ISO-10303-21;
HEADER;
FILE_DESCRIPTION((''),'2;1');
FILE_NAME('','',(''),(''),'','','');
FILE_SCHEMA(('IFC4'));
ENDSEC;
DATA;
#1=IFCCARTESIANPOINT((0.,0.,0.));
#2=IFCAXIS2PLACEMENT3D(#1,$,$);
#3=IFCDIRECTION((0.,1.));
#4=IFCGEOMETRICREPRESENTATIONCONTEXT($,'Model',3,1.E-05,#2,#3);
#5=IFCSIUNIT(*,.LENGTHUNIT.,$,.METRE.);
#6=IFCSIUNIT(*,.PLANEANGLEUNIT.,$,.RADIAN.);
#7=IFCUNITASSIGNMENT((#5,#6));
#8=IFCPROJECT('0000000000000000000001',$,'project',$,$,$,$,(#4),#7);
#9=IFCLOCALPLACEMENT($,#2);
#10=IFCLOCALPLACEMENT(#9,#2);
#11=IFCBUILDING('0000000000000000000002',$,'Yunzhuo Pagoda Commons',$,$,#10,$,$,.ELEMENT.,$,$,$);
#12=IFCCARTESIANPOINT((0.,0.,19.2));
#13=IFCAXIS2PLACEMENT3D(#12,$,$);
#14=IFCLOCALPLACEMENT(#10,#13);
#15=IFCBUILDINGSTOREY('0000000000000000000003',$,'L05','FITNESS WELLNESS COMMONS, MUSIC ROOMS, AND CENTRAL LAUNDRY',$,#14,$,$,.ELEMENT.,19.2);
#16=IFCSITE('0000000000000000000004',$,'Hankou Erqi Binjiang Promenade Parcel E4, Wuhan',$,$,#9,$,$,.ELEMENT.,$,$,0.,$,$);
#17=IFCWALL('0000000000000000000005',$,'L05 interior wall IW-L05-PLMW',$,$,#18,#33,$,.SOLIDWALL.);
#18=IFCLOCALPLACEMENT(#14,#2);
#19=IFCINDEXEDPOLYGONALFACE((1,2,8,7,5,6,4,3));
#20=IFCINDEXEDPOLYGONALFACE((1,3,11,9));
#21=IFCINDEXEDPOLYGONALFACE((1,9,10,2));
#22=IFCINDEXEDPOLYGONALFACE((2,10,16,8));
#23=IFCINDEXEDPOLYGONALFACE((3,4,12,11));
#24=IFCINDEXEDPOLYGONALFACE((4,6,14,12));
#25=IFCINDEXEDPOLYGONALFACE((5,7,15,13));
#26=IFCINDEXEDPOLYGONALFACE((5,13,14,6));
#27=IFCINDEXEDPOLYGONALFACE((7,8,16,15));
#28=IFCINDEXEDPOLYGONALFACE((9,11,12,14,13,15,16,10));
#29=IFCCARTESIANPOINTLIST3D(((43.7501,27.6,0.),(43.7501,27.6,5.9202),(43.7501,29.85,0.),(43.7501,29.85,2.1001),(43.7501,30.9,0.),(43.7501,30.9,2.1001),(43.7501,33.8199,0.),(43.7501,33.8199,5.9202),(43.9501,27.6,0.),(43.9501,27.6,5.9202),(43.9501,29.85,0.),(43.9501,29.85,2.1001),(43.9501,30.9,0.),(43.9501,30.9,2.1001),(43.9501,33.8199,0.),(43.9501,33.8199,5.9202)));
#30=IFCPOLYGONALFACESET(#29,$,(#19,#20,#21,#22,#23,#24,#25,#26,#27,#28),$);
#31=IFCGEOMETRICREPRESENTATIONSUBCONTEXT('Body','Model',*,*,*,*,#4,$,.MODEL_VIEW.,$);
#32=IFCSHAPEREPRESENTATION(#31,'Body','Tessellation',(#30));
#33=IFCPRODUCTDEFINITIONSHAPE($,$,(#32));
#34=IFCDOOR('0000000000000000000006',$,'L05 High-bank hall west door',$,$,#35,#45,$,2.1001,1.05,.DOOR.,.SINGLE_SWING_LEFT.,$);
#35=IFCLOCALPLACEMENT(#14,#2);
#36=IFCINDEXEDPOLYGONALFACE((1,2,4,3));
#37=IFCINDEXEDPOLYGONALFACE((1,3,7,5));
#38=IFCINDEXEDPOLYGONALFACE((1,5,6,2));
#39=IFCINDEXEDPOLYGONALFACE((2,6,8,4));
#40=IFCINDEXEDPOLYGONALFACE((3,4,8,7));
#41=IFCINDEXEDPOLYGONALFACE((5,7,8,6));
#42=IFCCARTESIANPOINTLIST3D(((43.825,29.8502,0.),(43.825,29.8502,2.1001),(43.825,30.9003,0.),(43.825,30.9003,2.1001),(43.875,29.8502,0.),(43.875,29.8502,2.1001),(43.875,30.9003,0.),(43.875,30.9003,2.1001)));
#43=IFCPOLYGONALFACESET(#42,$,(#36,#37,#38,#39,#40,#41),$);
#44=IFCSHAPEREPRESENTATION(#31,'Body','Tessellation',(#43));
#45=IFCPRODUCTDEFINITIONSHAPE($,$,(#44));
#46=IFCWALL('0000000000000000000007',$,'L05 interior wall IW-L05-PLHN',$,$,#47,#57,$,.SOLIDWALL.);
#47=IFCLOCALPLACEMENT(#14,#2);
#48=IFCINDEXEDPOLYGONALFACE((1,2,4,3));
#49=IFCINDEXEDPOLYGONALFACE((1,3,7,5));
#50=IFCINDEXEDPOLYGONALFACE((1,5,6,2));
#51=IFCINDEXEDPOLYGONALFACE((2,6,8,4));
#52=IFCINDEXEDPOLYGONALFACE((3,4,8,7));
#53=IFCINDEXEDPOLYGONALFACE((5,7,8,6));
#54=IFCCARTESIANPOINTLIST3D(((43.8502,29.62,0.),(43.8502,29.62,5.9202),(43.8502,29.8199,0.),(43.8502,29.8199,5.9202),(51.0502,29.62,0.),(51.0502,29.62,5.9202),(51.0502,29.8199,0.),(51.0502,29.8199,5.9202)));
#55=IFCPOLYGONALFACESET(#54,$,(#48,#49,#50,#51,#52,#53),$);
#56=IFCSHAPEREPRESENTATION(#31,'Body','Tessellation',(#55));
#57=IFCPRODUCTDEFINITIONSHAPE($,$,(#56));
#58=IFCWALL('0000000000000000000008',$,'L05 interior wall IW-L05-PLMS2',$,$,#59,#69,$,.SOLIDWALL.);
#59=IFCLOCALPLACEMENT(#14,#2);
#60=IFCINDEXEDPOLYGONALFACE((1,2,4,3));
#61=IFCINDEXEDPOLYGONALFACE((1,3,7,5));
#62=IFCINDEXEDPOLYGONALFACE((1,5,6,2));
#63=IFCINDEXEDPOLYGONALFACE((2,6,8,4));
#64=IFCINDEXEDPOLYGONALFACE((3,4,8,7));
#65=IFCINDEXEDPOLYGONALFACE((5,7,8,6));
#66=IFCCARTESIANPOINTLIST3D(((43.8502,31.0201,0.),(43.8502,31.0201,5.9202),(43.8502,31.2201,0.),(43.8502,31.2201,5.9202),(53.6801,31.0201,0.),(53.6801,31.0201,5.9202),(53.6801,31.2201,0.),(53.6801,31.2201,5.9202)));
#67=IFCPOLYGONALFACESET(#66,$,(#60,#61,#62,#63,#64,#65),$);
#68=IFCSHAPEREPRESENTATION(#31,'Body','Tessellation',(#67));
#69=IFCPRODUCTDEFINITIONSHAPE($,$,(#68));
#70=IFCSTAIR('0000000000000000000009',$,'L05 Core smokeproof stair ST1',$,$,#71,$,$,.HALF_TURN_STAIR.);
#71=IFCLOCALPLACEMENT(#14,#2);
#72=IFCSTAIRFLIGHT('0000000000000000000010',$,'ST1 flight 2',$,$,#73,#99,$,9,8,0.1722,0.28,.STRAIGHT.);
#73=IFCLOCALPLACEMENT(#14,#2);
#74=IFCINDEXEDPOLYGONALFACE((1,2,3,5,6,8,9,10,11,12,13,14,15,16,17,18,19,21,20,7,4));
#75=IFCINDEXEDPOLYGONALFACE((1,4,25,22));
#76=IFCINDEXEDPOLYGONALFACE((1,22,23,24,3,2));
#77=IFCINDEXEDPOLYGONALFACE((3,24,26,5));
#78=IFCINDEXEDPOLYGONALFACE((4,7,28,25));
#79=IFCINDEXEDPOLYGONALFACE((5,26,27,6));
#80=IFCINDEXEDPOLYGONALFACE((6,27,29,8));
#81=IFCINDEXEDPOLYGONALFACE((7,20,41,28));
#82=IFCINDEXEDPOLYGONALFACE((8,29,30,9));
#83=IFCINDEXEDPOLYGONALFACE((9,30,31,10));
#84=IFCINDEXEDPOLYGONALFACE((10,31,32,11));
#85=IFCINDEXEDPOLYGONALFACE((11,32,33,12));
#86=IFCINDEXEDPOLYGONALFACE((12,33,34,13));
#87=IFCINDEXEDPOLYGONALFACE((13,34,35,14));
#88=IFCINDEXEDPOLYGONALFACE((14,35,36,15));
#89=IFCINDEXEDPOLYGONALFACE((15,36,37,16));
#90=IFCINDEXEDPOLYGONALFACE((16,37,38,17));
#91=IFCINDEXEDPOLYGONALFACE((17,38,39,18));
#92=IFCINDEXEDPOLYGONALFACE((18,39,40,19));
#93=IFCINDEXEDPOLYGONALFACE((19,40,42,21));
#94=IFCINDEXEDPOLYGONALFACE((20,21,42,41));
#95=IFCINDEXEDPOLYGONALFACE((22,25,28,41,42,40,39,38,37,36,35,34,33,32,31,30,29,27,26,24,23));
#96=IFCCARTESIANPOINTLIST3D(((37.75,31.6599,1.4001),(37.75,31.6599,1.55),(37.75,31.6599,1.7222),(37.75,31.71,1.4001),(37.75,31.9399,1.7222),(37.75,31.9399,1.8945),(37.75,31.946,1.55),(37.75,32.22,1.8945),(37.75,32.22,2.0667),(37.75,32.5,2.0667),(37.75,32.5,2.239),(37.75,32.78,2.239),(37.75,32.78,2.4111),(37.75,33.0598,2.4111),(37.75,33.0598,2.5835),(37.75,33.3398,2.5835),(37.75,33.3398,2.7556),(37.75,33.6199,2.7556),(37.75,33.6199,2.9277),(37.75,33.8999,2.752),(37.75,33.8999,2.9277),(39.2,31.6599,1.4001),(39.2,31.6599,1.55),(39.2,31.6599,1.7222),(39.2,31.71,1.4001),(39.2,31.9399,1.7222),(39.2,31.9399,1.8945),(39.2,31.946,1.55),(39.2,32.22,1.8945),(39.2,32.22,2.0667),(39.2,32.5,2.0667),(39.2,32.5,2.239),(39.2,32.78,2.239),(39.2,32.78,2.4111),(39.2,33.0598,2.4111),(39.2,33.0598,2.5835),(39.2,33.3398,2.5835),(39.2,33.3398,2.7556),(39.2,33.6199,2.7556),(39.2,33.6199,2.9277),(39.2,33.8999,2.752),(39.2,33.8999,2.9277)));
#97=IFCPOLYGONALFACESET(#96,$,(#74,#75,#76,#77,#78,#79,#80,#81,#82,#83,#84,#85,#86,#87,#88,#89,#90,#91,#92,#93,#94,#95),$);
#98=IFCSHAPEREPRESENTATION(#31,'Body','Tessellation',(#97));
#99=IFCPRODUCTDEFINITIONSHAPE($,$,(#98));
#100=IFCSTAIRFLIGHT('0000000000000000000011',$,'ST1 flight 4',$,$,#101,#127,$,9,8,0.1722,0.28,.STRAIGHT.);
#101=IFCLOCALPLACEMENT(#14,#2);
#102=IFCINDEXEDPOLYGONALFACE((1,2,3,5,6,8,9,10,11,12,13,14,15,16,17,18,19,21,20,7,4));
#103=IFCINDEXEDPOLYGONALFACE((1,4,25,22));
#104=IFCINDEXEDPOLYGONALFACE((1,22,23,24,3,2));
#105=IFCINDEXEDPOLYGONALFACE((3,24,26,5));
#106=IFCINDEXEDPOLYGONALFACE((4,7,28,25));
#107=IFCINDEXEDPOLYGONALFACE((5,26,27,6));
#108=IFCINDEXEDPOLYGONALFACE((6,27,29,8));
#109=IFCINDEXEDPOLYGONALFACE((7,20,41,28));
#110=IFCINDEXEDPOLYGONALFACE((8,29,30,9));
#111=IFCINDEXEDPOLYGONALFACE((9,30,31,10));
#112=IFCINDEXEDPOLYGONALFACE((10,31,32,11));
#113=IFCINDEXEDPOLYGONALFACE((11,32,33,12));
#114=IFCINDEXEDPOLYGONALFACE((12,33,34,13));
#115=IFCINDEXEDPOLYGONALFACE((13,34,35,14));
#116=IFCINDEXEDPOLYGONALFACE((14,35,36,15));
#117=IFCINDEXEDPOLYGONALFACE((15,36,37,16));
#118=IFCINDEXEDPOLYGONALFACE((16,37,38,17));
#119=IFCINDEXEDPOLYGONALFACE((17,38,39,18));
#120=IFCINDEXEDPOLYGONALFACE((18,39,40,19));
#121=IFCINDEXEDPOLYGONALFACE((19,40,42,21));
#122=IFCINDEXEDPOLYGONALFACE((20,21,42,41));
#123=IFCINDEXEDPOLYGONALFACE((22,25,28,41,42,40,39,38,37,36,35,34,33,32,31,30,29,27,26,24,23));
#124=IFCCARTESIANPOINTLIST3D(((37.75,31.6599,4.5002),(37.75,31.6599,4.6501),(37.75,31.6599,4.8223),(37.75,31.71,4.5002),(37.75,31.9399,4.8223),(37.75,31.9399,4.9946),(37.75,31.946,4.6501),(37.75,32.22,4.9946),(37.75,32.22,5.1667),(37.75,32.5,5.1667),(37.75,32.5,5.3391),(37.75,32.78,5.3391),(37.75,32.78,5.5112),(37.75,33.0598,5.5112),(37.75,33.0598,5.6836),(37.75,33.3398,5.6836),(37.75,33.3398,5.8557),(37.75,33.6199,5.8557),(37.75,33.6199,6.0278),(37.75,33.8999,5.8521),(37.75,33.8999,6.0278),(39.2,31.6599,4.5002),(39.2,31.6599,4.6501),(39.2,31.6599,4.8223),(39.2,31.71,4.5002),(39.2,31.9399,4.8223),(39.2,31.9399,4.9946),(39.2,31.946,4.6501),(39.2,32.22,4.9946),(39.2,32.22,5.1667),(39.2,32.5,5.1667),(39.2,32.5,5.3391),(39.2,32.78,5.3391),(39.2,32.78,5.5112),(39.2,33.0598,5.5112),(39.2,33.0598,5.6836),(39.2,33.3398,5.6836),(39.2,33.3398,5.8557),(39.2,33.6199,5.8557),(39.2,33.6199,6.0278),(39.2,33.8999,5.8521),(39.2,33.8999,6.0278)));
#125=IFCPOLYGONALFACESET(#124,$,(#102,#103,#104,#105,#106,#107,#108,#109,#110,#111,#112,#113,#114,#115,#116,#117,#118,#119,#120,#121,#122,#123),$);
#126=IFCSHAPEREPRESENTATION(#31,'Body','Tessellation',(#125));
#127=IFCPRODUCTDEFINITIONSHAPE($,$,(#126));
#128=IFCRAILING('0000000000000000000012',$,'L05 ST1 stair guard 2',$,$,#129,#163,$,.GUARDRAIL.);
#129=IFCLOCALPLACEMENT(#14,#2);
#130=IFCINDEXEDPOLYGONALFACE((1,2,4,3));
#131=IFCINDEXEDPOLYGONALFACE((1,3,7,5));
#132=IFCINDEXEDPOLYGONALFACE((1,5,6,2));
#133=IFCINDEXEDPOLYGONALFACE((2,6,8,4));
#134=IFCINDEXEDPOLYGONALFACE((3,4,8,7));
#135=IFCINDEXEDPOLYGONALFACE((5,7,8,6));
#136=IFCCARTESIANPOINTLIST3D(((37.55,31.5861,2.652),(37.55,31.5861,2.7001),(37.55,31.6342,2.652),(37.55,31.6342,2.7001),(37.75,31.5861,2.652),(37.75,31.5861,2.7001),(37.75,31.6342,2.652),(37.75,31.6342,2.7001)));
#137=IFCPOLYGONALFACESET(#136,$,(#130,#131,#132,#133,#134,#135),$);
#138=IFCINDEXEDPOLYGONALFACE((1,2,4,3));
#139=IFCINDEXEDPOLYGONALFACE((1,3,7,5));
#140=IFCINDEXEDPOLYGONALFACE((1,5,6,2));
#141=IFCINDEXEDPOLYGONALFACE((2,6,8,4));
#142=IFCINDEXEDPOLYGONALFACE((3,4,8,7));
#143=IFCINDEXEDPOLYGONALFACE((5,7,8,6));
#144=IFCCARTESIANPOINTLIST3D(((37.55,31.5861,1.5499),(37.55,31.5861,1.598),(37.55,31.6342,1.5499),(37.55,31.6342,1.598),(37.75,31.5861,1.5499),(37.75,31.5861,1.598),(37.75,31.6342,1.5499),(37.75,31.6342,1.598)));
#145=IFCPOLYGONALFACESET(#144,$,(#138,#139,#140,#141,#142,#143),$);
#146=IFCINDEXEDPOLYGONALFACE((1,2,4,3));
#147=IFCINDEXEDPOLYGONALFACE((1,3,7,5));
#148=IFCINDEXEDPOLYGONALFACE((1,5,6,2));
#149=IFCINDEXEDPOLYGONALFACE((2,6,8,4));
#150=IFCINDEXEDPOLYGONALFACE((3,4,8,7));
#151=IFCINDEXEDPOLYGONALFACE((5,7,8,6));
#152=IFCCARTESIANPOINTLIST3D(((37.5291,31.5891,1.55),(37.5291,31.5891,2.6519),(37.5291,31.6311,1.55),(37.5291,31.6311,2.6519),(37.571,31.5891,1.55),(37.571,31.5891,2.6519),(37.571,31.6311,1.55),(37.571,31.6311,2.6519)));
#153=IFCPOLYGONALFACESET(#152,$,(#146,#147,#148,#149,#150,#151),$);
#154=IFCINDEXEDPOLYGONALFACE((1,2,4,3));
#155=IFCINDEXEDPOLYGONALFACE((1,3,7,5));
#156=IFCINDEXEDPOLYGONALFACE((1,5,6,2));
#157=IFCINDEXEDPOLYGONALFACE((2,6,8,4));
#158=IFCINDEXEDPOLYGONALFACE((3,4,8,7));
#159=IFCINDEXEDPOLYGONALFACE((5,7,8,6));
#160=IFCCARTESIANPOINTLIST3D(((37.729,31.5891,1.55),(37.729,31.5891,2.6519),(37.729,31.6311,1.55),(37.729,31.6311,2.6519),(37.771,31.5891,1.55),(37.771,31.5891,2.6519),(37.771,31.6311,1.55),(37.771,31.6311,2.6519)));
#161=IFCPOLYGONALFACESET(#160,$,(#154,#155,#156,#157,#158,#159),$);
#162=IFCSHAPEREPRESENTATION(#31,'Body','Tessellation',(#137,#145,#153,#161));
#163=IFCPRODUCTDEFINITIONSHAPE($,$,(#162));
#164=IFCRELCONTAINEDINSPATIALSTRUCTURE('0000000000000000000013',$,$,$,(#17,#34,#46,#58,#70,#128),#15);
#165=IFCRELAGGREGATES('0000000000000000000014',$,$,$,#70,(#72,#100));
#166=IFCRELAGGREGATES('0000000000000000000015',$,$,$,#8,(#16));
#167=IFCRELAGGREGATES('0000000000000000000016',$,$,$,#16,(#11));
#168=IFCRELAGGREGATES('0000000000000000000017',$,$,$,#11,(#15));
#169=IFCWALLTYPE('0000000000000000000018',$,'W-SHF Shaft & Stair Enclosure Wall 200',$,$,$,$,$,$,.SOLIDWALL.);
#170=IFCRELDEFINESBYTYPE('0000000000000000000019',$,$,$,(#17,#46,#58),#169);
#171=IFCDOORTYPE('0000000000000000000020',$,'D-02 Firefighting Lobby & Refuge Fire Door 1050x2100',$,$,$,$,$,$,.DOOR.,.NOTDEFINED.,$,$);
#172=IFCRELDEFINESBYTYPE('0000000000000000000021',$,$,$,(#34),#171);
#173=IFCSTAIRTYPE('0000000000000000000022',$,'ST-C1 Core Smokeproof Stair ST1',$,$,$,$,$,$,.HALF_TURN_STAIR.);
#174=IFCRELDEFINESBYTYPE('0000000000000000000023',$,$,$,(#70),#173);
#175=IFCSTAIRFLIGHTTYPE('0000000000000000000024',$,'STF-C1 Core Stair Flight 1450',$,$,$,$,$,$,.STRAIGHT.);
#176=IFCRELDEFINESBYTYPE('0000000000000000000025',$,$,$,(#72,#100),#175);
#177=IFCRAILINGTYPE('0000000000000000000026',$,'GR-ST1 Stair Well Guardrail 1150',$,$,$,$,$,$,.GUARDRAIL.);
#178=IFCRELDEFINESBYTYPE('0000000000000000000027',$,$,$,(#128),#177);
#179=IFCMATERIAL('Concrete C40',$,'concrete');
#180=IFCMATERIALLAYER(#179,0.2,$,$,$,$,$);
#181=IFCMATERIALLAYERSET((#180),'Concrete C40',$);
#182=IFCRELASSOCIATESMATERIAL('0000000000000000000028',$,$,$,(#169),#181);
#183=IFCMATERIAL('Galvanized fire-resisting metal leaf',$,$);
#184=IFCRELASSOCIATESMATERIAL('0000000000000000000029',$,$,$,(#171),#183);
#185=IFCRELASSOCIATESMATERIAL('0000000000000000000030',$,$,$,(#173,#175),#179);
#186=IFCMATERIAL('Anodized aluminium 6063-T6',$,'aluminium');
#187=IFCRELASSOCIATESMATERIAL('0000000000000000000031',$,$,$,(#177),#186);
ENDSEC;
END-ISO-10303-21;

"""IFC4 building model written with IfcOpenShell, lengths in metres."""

from ifc_helpers import new_model, si_unit, direction, frame, frame_2d, origin, origin_2d, place, context, subcontext, project, spatial, polyline, rectangle, outline, extrude, source, transform, mapped, material, layer, layer_set, type_object, element, fill, aggregate, save


model = new_model("IFC4")

# Units and contexts
model_context = context("Model", 3, precision=1e-05, world=origin(), true_north=direction((0.0, 1.0)))
body_context = subcontext(model_context, "Body", "Model", "MODEL_VIEW")
ifc_project = project(units=[si_unit("LENGTHUNIT", "METRE"), si_unit("PLANEANGLEUNIT", "RADIAN")], contexts=[model_context])

# Site, building, storey
site_placement = place(None, origin())
site = spatial("IfcSite", under=ifc_project, at=site_placement, Name="Hankou Erqi Binjiang Promenade Parcel E4, Wuhan", CompositionType="ELEMENT", RefElevation=0.0)
building_placement = place(site_placement, origin())
building = spatial("IfcBuilding", under=site, at=building_placement, Name="Yunzhuo Pagoda Commons", CompositionType="ELEMENT")
storey_placement = place(building_placement, frame((0.0, 0.0, 19.2)))
storey = spatial("IfcBuildingStorey", under=building, at=storey_placement, Name="L05", Description="FITNESS WELLNESS COMMONS, MUSIC ROOMS, AND CENTRAL LAUNDRY", CompositionType="ELEMENT", Elevation=19.2)

# Shared definitions
ifc_material_1 = material(Name="Galvanized fire-resisting metal leaf")

# Shared definitions
ifc_material_2 = material(Name="Concrete C40", Category="concrete")
ifc_layer_1 = layer(ifc_material_2, 0.2)
ifc_layer_set_1 = layer_set([ifc_layer_1], Name="Concrete C40")
wall_type_1 = type_object("IfcWallType", Name="W-SHF Shaft & Stair Enclosure Wall 200", PredefinedType="SOLIDWALL", material=ifc_layer_set_1)
shared_shape_1 = source(origin(), body_context, "Body", "SweptSolid", [
    extrude(rectangle(XDim=1.05, YDim=2.1001, at=frame_2d((0.5249, 1.05))), frame((0.0, 0.0249, 0.0), z_axis=(0.0, -1.0, 0.0), x_axis=(1.0, 0.0, 0.0)), (0.0, 0.0, 1.0), 0.05),
])

# Wall, opening, door
wall_1_placement = place(storey_placement, frame((43.8501, 27.6001, 0.0), z_axis=(0.0, 0.0, 1.0), x_axis=(0.0, 1.0, 0.0)))
wall_1 = element("IfcWall", 1, at=wall_1_placement, inside=storey, type_object=wall_type_1, Name="L05 interior wall IW-L05-PLMW", PredefinedType="SOLIDWALL", context=body_context, shape_type="SweptSolid", body=[
    extrude(rectangle(XDim=6.22, YDim=0.2, at=frame_2d((3.1099, 0.0))), origin(), (0.0, 0.0, 1.0), 5.9202),
])
opening_1_placement = place(wall_1_placement, frame((2.25, 0.0, 0.0)))
opening_1 = element("IfcOpeningElement", 2, at=opening_1_placement, cuts=wall_1, PredefinedType="OPENING", context=body_context, shape_type="SweptSolid", body=[
    extrude(rectangle(XDim=1.05, YDim=2.1001, at=frame_2d((0.5249, 1.05))), frame((0.0, 0.1099, 0.0), z_axis=(0.0, -1.0, 0.0), x_axis=(1.0, 0.0, 0.0)), (0.0, 0.0, 1.0), 0.22),
])
door_type_1 = type_object("IfcDoorType", Name="D-02 Firefighting Lobby & Refuge Fire Door 1050x2100", OperationType="NOTDEFINED", PredefinedType="DOOR", material=ifc_material_1)
door_1_placement = place(opening_1_placement, frame((1.05, 0.0, 0.0), z_axis=(0.0, 0.0, 1.0), x_axis=(-1.0, 0.0, 0.0)))
door_1 = element("IfcDoor", 3, at=door_1_placement, inside=storey, type_object=door_type_1, Name="L05 High-bank hall west door", OperationType="SINGLE_SWING_LEFT", OverallHeight=2.1001, OverallWidth=1.05, PredefinedType="DOOR", context=body_context, shape_type="MappedRepresentation", body=[
    mapped(shared_shape_1, transform((0.0, 0.0, 0.0), scale=1.0)),
])
fill(opening_1, door_1)

# Walls
wall_2_placement = place(storey_placement, frame((43.8501, 29.72, 0.0), z_axis=(0.0, 0.0, 1.0), x_axis=(1.0, 0.0, 0.0)))
element("IfcWall", 4, at=wall_2_placement, inside=storey, type_object=wall_type_1, Name="L05 interior wall IW-L05-PLHN", PredefinedType="SOLIDWALL", context=body_context, shape_type="SweptSolid", body=[
    extrude(rectangle(XDim=7.2, YDim=0.2, at=frame_2d((3.6001, 0.0))), origin(), (0.0, 0.0, 1.0), 5.9202),
])
wall_3_placement = place(storey_placement, frame((43.8501, 31.1201, 0.0), z_axis=(0.0, 0.0, 1.0), x_axis=(1.0, 0.0, 0.0)))
element("IfcWall", 5, at=wall_3_placement, inside=storey, type_object=wall_type_1, Name="L05 interior wall IW-L05-PLMS2", PredefinedType="SOLIDWALL", context=body_context, shape_type="SweptSolid", body=[
    extrude(rectangle(XDim=9.8298, YDim=0.2, at=frame_2d((4.915, 0.0))), origin(), (0.0, 0.0, 1.0), 5.9202),
])

# Stair, stair flights
stair_type = type_object("IfcStairType", Name="ST-C1 Core Smokeproof Stair ST1", PredefinedType="HALF_TURN_STAIR", material=ifc_material_2)
stair_placement = place(storey_placement, origin())
stair = element("IfcStair", 6, at=stair_placement, inside=storey, type_object=stair_type, Name="L05 Core smokeproof stair ST1", PredefinedType="HALF_TURN_STAIR")
stair_flight_type = type_object("IfcStairFlightType", Name="STF-C1 Core Stair Flight 1450", PredefinedType="STRAIGHT", material=ifc_material_2)
shared_shape_2 = source(origin(), body_context, "Body", "SweptSolid", [
    extrude(outline(polyline([(0.0, -0.1499), (0.0, 0.0), (0.0, 0.1721), (0.28, 0.1721), (0.28, 0.3445), (0.5601, 0.3445), (0.5601, 0.5166), (0.8401, 0.5166), (0.8401, 0.689), (1.1201, 0.689), (1.1201, 0.8611), (1.3999, 0.8611), (1.3999, 1.0334), (1.6799, 1.0334), (1.6799, 1.2056), (1.96, 1.2056), (1.96, 1.3777), (2.24, 1.3777), (2.24, 1.55), (2.24, 1.2019), (0.2861, 0.0), (0.05, -0.1499), (0.0, -0.1499)])), frame((0.0, 0.7251, 0.0), z_axis=(0.0, -1.0, 0.0), x_axis=(1.0, 0.0, 0.0)), (0.0, 0.0, 1.0), 1.45),
])
stair_flight_1_placement = place(storey_placement, frame((38.4751, 31.6599, 1.55), z_axis=(0.0, 0.0, 1.0), x_axis=(0.0, 1.0, 0.0)))
stair_flight_1 = element("IfcStairFlight", 7, at=stair_flight_1_placement, type_object=stair_flight_type, Name="ST1 flight 2", NumberOfRisers=9, NumberOfTreads=8, PredefinedType="STRAIGHT", RiserHeight=0.1722, TreadLength=0.28, context=body_context, shape_type="MappedRepresentation", body=[
    mapped(shared_shape_2, transform((0.0, 0.0, 0.0), scale=1.0)),
])
stair_flight_2_placement = place(storey_placement, frame((38.4751, 31.6599, 4.6501), z_axis=(0.0, 0.0, 1.0), x_axis=(0.0, 1.0, 0.0)))
stair_flight_2 = element("IfcStairFlight", 8, at=stair_flight_2_placement, type_object=stair_flight_type, Name="ST1 flight 4", NumberOfRisers=9, NumberOfTreads=8, PredefinedType="STRAIGHT", RiserHeight=0.1722, TreadLength=0.28, context=body_context, shape_type="MappedRepresentation", body=[
    mapped(shared_shape_2, transform((0.0, 0.0, 0.0), scale=1.0)),
])
aggregate(stair, [stair_flight_1, stair_flight_2])

# Railing
ifc_material_3 = material(Name="Anodized aluminium 6063-T6", Category="aluminium")
railing_type_1 = type_object("IfcRailingType", Name="GR-ST1 Stair Well Guardrail 1150", PredefinedType="GUARDRAIL", material=ifc_material_3)
railing_1_placement = place(storey_placement, frame((37.55, 31.6101, 1.55)))
element("IfcRailing", 9, at=railing_1_placement, inside=storey, type_object=railing_type_1, Name="L05 ST1 stair guard 2", PredefinedType="GUARDRAIL", context=body_context, shape_type="SweptSolid", body=[
    extrude(rectangle(XDim=0.0481, YDim=0.0481, at=origin_2d()), frame((0.0, 0.0, 1.126), z_axis=(1.0, 0.0, 0.0), x_axis=(0.0, 1.0, 0.0)), (0.0, 0.0, 1.0), 0.2),
    extrude(rectangle(XDim=0.0481, YDim=0.0481, at=origin_2d()), frame((0.0, 0.0, 0.0239), z_axis=(1.0, 0.0, 0.0), x_axis=(0.0, 1.0, 0.0)), (0.0, 0.0, 1.0), 0.2),
    extrude(rectangle(XDim=0.042, YDim=0.042, at=origin_2d()), origin(), (0.0, 0.0, 1.0), 1.1018),
    extrude(rectangle(XDim=0.042, YDim=0.042, at=origin_2d()), frame((0.2, 0.0, 0.0)), (0.0, 0.0, 1.0), 1.1018),
])

save(model, "model.ifc")
